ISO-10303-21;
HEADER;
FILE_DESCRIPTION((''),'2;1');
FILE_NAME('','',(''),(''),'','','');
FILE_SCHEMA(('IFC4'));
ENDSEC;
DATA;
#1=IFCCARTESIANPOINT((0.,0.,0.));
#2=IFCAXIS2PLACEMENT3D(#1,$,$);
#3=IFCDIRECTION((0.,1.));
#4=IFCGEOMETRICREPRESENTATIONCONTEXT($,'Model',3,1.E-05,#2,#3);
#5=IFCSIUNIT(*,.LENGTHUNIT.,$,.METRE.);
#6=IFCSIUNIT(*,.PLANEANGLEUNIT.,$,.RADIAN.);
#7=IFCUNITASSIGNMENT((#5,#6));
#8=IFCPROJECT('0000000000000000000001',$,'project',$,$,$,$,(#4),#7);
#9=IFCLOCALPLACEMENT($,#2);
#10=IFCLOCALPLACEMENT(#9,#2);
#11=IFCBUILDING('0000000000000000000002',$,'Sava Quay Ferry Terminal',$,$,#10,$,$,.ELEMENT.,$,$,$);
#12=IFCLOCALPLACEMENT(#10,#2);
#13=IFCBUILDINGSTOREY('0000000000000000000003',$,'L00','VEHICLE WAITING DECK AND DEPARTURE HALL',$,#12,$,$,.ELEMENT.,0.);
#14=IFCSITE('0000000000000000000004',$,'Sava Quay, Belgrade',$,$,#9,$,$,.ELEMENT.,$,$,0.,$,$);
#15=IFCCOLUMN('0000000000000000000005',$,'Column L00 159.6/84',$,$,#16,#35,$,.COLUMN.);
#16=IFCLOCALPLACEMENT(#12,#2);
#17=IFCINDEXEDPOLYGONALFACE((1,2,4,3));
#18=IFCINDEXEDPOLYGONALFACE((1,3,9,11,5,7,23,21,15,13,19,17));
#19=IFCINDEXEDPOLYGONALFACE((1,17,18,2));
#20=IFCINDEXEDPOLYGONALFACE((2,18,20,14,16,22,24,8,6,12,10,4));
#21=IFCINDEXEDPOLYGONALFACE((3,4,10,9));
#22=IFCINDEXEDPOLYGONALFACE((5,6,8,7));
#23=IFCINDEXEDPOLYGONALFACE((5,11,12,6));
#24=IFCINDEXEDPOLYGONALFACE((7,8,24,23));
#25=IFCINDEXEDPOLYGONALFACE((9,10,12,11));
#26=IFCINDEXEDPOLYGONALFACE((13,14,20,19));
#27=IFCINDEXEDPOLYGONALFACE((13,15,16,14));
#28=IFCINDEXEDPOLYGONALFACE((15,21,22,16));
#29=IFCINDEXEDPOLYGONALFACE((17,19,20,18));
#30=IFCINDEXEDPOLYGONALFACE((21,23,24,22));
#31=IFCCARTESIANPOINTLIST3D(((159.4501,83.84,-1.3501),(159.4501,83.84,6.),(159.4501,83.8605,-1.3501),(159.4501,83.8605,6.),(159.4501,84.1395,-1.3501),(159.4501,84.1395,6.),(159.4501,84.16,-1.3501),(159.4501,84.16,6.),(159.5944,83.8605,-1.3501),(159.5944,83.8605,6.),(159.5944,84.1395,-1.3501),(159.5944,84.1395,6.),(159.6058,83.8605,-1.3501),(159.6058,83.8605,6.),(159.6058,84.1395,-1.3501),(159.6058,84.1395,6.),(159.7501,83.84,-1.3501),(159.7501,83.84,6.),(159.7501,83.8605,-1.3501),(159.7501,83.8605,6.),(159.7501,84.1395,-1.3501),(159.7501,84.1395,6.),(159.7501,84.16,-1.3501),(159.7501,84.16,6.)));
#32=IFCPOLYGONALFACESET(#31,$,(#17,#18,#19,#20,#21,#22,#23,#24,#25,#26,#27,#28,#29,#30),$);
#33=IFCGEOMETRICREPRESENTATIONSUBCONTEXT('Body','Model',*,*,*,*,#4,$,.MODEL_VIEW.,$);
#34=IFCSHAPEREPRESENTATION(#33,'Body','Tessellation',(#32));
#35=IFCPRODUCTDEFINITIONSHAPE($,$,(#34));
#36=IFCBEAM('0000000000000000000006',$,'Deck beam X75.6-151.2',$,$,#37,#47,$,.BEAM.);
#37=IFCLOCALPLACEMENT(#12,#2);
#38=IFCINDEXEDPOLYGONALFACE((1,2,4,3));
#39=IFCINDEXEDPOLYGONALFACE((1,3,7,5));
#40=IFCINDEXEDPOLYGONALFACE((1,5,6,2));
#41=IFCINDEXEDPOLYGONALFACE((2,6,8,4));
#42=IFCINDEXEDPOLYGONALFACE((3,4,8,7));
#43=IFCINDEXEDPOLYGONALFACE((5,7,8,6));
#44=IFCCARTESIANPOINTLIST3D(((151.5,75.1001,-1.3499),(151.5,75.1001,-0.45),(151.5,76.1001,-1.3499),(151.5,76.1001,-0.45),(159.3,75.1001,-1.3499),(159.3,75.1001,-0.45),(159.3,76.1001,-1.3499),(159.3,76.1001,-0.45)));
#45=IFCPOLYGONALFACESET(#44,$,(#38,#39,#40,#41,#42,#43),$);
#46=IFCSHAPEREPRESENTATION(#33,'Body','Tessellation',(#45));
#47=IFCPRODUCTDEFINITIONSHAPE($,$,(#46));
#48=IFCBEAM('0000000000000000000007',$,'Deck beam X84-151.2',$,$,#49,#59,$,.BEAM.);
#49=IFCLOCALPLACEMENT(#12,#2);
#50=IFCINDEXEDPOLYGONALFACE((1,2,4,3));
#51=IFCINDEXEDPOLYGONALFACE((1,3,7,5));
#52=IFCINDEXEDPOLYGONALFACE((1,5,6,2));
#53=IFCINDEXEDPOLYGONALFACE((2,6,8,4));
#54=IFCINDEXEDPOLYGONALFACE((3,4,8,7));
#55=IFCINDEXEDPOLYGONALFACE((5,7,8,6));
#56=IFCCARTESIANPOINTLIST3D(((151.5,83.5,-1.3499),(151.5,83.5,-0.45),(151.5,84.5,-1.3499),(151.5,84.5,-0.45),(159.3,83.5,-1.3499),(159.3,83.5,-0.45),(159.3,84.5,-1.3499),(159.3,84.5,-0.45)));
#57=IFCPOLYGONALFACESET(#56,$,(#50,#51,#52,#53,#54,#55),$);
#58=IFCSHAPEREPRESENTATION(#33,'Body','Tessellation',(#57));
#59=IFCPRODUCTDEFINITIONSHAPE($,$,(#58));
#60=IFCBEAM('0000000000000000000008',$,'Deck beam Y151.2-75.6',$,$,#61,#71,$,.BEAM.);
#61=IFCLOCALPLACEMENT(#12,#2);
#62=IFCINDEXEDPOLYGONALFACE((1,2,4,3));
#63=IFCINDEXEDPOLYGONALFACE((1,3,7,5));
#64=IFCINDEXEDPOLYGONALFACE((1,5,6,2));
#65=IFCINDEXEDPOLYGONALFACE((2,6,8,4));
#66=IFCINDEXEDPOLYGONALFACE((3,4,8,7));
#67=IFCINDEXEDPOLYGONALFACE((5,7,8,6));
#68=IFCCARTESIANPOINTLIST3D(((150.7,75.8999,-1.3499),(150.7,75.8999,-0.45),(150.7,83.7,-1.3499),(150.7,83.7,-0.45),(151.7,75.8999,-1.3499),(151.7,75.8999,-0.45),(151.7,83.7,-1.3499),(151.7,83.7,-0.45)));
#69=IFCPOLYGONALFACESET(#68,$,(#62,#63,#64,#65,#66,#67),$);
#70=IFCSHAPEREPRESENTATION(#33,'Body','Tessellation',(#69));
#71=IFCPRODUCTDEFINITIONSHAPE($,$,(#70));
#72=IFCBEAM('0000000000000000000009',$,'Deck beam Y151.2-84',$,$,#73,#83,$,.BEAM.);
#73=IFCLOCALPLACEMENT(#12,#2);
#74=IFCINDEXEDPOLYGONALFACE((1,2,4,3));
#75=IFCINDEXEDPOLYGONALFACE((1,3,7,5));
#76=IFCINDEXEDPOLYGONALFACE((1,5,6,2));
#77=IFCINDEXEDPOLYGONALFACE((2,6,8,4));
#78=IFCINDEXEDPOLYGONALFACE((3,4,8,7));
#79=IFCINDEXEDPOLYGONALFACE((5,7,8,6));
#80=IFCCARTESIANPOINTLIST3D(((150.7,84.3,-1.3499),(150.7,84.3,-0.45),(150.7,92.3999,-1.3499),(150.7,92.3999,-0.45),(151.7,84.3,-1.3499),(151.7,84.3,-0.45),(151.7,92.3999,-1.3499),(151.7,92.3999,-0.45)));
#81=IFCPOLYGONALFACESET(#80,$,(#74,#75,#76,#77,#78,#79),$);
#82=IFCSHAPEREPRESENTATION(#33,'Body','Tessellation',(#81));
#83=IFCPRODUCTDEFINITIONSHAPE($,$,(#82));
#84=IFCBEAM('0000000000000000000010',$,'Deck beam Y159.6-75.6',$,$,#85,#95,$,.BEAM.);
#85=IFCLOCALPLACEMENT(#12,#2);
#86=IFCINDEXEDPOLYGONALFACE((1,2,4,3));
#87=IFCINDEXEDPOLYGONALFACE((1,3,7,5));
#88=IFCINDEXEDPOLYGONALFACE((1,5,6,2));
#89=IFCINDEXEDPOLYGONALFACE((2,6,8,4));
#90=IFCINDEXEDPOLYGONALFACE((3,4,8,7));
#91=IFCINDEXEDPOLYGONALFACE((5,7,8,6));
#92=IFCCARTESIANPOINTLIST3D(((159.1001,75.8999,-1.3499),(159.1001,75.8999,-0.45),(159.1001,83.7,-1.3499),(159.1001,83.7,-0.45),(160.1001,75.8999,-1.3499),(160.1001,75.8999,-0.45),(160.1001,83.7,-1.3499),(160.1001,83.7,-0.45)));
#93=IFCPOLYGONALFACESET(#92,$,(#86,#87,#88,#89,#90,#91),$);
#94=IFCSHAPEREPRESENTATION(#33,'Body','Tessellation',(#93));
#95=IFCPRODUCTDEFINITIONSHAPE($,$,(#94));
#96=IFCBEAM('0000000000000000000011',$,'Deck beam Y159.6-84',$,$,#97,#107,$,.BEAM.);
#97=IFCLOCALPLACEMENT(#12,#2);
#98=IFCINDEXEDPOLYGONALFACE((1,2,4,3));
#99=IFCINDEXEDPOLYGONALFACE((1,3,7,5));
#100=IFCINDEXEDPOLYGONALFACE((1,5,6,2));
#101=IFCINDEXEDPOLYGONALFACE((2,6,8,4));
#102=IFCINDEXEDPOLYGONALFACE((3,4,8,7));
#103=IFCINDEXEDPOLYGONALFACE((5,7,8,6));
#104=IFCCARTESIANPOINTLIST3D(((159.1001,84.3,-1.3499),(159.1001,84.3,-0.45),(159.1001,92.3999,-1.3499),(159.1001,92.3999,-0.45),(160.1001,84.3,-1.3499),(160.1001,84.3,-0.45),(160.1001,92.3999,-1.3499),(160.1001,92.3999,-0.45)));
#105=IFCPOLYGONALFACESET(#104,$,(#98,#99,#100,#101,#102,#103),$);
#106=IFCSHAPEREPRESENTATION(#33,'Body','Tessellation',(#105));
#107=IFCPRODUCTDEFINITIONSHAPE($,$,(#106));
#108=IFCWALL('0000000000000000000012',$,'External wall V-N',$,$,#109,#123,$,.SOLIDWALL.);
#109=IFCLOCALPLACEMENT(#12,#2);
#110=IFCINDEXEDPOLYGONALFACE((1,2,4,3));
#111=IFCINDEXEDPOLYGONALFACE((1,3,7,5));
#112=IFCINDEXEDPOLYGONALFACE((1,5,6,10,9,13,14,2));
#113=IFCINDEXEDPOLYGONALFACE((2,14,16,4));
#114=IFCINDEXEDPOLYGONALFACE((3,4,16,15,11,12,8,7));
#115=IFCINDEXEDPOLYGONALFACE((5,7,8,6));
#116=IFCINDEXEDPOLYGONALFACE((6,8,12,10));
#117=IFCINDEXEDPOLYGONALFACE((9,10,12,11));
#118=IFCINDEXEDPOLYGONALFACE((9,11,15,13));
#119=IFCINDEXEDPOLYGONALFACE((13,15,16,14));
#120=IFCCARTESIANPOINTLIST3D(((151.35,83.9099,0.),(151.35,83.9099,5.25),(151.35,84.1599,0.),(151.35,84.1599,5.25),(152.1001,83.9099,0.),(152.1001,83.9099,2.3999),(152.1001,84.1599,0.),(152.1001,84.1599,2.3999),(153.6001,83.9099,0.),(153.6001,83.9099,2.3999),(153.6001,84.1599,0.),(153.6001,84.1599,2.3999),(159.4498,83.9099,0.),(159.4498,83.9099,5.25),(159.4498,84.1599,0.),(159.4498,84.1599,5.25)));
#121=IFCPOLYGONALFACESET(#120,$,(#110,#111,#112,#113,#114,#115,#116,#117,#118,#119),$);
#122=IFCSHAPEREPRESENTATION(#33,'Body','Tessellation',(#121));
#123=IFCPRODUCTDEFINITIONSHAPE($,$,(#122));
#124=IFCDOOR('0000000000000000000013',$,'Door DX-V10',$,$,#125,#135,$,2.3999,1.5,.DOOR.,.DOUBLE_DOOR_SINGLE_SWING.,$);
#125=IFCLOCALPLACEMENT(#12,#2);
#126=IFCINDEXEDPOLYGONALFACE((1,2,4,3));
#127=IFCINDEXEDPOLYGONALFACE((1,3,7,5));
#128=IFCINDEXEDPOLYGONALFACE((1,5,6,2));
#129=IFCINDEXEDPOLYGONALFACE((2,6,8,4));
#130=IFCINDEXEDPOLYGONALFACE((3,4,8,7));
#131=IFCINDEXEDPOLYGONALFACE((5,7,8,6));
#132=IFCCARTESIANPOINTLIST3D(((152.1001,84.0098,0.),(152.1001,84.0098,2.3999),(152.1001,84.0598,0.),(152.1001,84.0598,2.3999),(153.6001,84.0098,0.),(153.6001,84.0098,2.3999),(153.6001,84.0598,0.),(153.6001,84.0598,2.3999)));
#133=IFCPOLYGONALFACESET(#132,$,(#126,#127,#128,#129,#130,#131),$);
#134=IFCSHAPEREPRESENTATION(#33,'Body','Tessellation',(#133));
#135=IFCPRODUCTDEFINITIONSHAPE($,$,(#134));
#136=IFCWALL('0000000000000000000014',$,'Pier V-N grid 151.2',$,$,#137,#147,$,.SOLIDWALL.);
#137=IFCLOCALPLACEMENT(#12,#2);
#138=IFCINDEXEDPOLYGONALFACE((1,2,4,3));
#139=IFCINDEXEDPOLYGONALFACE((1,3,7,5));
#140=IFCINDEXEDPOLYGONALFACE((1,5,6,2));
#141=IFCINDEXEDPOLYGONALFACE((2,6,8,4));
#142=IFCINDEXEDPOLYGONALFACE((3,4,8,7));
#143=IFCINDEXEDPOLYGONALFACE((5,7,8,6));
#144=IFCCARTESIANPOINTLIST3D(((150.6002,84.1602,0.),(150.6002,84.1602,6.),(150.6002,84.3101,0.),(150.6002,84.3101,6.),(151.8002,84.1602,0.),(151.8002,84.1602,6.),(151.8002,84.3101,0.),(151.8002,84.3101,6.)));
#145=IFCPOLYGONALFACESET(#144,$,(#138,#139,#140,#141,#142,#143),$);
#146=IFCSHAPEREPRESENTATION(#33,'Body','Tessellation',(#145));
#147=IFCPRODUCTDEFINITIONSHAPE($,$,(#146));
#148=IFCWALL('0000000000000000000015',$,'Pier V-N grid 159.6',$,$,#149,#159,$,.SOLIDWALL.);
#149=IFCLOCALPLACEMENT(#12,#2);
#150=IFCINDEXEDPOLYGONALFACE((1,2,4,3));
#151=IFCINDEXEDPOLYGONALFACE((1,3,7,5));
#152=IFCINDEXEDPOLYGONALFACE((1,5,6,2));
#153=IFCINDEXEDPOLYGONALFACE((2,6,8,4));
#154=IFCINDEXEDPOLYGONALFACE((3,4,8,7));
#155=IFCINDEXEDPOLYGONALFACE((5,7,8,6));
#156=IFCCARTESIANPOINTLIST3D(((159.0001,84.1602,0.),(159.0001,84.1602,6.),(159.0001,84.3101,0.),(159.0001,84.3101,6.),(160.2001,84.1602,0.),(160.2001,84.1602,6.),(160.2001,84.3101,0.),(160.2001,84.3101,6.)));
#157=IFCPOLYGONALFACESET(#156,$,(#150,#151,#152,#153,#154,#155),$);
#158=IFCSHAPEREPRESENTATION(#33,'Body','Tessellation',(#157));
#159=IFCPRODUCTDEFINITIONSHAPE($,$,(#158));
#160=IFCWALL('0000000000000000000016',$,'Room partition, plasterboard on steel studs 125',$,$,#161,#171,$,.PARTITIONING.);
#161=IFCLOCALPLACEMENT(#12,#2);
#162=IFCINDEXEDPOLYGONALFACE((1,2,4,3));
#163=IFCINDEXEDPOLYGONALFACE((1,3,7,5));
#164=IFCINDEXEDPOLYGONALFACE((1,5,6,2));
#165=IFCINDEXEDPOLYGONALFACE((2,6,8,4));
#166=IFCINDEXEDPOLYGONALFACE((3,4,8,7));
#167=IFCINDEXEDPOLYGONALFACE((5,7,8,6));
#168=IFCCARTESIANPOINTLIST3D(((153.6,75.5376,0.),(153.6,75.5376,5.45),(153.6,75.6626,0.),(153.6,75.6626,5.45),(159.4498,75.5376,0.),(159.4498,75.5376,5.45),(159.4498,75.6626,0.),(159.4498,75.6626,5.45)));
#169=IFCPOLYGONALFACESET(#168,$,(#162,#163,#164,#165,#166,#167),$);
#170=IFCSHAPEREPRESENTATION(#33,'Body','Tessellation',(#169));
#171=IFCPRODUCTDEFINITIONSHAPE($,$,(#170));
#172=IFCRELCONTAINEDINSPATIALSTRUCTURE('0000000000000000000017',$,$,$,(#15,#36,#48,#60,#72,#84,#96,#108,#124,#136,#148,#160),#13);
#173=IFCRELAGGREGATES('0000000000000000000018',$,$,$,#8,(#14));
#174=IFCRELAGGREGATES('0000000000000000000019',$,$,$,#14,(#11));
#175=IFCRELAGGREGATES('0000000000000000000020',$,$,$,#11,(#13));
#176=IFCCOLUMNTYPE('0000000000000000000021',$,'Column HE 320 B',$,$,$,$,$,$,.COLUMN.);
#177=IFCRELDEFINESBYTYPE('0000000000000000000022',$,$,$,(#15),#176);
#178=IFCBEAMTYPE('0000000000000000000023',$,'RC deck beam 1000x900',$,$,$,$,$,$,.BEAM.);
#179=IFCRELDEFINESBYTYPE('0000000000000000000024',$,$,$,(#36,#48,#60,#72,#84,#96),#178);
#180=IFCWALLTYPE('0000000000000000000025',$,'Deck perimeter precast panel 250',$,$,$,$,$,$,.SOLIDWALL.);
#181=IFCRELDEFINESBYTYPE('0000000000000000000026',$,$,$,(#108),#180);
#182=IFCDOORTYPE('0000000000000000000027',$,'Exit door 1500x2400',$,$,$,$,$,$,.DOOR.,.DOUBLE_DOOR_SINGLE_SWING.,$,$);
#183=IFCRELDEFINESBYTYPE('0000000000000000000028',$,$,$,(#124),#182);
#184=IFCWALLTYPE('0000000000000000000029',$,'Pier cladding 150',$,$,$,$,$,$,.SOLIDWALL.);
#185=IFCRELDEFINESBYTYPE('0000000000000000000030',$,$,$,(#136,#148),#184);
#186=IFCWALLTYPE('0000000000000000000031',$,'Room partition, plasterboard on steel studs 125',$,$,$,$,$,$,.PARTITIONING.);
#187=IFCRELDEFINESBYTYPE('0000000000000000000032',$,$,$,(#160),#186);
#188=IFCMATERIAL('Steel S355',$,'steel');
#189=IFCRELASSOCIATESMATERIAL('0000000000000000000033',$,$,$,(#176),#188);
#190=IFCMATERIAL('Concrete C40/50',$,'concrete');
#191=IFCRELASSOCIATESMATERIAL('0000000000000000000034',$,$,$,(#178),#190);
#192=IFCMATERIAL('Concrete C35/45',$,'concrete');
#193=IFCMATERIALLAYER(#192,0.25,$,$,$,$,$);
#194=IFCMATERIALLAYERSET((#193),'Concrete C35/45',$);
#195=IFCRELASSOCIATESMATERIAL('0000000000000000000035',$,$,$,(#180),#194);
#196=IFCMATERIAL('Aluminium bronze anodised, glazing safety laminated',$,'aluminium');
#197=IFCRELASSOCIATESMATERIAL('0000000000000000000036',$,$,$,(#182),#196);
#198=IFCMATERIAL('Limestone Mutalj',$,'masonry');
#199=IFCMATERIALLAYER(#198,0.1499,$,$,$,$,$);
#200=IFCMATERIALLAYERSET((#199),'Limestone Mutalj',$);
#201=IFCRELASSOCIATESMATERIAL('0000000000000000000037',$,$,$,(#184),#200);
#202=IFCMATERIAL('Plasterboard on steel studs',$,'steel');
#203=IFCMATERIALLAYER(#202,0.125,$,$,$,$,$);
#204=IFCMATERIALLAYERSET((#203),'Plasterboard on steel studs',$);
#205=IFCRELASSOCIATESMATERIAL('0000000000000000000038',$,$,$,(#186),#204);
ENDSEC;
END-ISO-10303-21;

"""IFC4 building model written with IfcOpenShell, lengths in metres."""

from ifc_helpers import new_model, si_unit, direction, frame, frame_2d, origin, origin_2d, place, context, subcontext, project, spatial, rectangle, i_section, extrude, material, layer, layer_set, material_profile, profile_set, type_object, element, fill, save


model = new_model("IFC4")

# Units and contexts
model_context = context("Model", 3, precision=1e-05, world=origin(), true_north=direction((0.0, 1.0)))
body_context = subcontext(model_context, "Body", "Model", "MODEL_VIEW")
ifc_project = project(units=[si_unit("LENGTHUNIT", "METRE"), si_unit("PLANEANGLEUNIT", "RADIAN")], contexts=[model_context])

# Site, building, storey
site_placement = place(None, origin())
site = spatial("IfcSite", under=ifc_project, at=site_placement, Name="Sava Quay, Belgrade", CompositionType="ELEMENT", RefElevation=0.0)
building_placement = place(site_placement, origin())
building = spatial("IfcBuilding", under=site, at=building_placement, Name="Sava Quay Ferry Terminal", CompositionType="ELEMENT")
storey_placement = place(building_placement, origin())
storey = spatial("IfcBuildingStorey", under=building, at=storey_placement, Name="L00", Description="VEHICLE WAITING DECK AND DEPARTURE HALL", CompositionType="ELEMENT", Elevation=0.0)

# Column
ifc_material_1 = material(Name="Steel S355", Category="steel")
ifc_material_profile_1 = material_profile(ifc_material_1, i_section(OverallWidth=0.3, OverallDepth=0.3201, WebThickness=0.0115, FlangeThickness=0.0205, at=origin_2d()), Name="HE 320 B")
ifc_profile_set_1 = profile_set([ifc_material_profile_1], Name="Steel S355")
column_type = type_object("IfcColumnType", Name="Column HE 320 B", PredefinedType="COLUMN", material=ifc_profile_set_1)
for number, where, z_axis, x_axis, name in (
    (1, (159.6001, 84.0, -1.3501), (0.0, 0.0, 1.0), (1.0, 0.0, 0.0), "Column L00 159.6/84"),
):
    element("IfcColumn", number, at=place(storey_placement, frame(where, z_axis=z_axis, x_axis=x_axis)), inside=storey, type_object=column_type, Name=name, PredefinedType="COLUMN", context=body_context, shape_type="SweptSolid", body=[
        extrude(i_section(OverallWidth=0.3, OverallDepth=0.3201, WebThickness=0.0115, FlangeThickness=0.0205, at=origin_2d()), origin(), (0.0, 0.0, 1.0), 7.3501),
    ])

# Beams
ifc_material_2 = material(Name="Concrete C40/50", Category="concrete")
ifc_material_profile_2 = material_profile(ifc_material_2, rectangle(XDim=1.0, YDim=0.8999, at=origin_2d()), Name="RC 1000x900")
ifc_profile_set_2 = profile_set([ifc_material_profile_2], Name="Concrete C40/50")
beam_type = type_object("IfcBeamType", Name="RC deck beam 1000x900", PredefinedType="BEAM", material=ifc_profile_set_2)
for number, where, z_axis, x_axis, name in (
    (2, (151.5, 75.6001, -0.8999), (1.0, 0.0, 0.0), (0.0, 1.0, 0.0), "Deck beam X75.6-151.2"),
    (3, (151.5, 84.0, -0.8999), (1.0, 0.0, 0.0), (0.0, 1.0, 0.0), "Deck beam X84-151.2"),
    (4, (151.2, 75.8999, -0.8999), (0.0, 1.0, 0.0), (-1.0, 0.0, 0.0), "Deck beam Y151.2-75.6"),
):
    element("IfcBeam", number, at=place(storey_placement, frame(where, z_axis=z_axis, x_axis=x_axis)), inside=storey, type_object=beam_type, Name=name, PredefinedType="BEAM", context=body_context, shape_type="SweptSolid", body=[
        extrude(rectangle(XDim=1.0, YDim=0.8999, at=origin_2d()), origin(), (0.0, 0.0, 1.0), 7.8),
    ])
beam_1_placement = place(storey_placement, frame((151.2, 84.3, -0.8999), z_axis=(0.0, 1.0, 0.0), x_axis=(-1.0, 0.0, 0.0)))
element("IfcBeam", 5, at=beam_1_placement, inside=storey, type_object=beam_type, Name="Deck beam Y151.2-84", PredefinedType="BEAM", context=body_context, shape_type="SweptSolid", body=[
    extrude(rectangle(XDim=1.0, YDim=0.8999, at=origin_2d()), origin(), (0.0, 0.0, 1.0), 8.0999),
])
beam_2_placement = place(storey_placement, frame((159.6001, 75.8999, -0.8999), z_axis=(0.0, 1.0, 0.0), x_axis=(-1.0, 0.0, 0.0)))
element("IfcBeam", 6, at=beam_2_placement, inside=storey, type_object=beam_type, Name="Deck beam Y159.6-75.6", PredefinedType="BEAM", context=body_context, shape_type="SweptSolid", body=[
    extrude(rectangle(XDim=1.0, YDim=0.8999, at=origin_2d()), origin(), (0.0, 0.0, 1.0), 7.8),
])
beam_3_placement = place(storey_placement, frame((159.6001, 84.3, -0.8999), z_axis=(0.0, 1.0, 0.0), x_axis=(-1.0, 0.0, 0.0)))
element("IfcBeam", 7, at=beam_3_placement, inside=storey, type_object=beam_type, Name="Deck beam Y159.6-84", PredefinedType="BEAM", context=body_context, shape_type="SweptSolid", body=[
    extrude(rectangle(XDim=1.0, YDim=0.8999, at=origin_2d()), origin(), (0.0, 0.0, 1.0), 8.0999),
])

# Wall, opening, door
ifc_material_3 = material(Name="Concrete C35/45", Category="concrete")
ifc_layer_1 = layer(ifc_material_3, 0.25)
ifc_layer_set_1 = layer_set([ifc_layer_1], Name="Concrete C35/45")
wall_type_1 = type_object("IfcWallType", Name="Deck perimeter precast panel 250", PredefinedType="SOLIDWALL", material=ifc_layer_set_1)
wall_1_placement = place(storey_placement, frame((151.3501, 84.0349, 0.0), z_axis=(0.0, 0.0, 1.0), x_axis=(1.0, 0.0, 0.0)))
wall_1 = element("IfcWall", 8, at=wall_1_placement, inside=storey, type_object=wall_type_1, Name="External wall V-N", PredefinedType="SOLIDWALL", context=body_context, shape_type="SweptSolid", body=[
    extrude(rectangle(XDim=8.0999, YDim=0.25, at=frame_2d((4.0498, 0.0))), origin(), (0.0, 0.0, 1.0), 5.25),
])
opening_1_placement = place(wall_1_placement, frame((0.75, 0.0, 0.0)))
opening_1 = element("IfcOpeningElement", 9, at=opening_1_placement, cuts=wall_1, PredefinedType="OPENING", context=body_context, shape_type="SweptSolid", body=[
    extrude(rectangle(XDim=1.5, YDim=2.3999, at=frame_2d((0.75, 1.2))), frame((0.0, 0.125, 0.0), z_axis=(0.0, -1.0, 0.0), x_axis=(1.0, 0.0, 0.0)), (0.0, 0.0, 1.0), 0.25),
])
ifc_material_4 = material(Name="Aluminium bronze anodised, glazing safety laminated", Category="aluminium")
door_type_1 = type_object("IfcDoorType", Name="Exit door 1500x2400", OperationType="DOUBLE_DOOR_SINGLE_SWING", PredefinedType="DOOR", material=ifc_material_4)
door_1_placement = place(opening_1_placement, origin())
door_1 = element("IfcDoor", 10, at=door_1_placement, inside=storey, type_object=door_type_1, Name="Door DX-V10", OperationType="DOUBLE_DOOR_SINGLE_SWING", OverallHeight=2.3999, OverallWidth=1.5, PredefinedType="DOOR", context=body_context, shape_type="SweptSolid", body=[
    extrude(rectangle(XDim=1.5, YDim=2.3999, at=frame_2d((0.75, 1.2))), frame((0.0, 0.0249, 0.0), z_axis=(0.0, -1.0, 0.0), x_axis=(1.0, 0.0, 0.0)), (0.0, 0.0, 1.0), 0.05),
])
fill(opening_1, door_1)

# Walls
ifc_material_5 = material(Name="Limestone Mutalj", Category="masonry")
ifc_layer_2 = layer(ifc_material_5, 0.1499)
ifc_layer_set_2 = layer_set([ifc_layer_2], Name="Limestone Mutalj")
wall_type_2 = type_object("IfcWallType", Name="Pier cladding 150", PredefinedType="SOLIDWALL", material=ifc_layer_set_2)
for number, where, z_axis, x_axis, name in (
    (11, (150.6001, 84.2351, 0.0), (0.0, 0.0, 1.0), (1.0, 0.0, 0.0), "Pier V-N grid 151.2"),
    (12, (159.0, 84.2351, 0.0), (0.0, 0.0, 1.0), (1.0, 0.0, 0.0), "Pier V-N grid 159.6"),
):
    element("IfcWall", number, at=place(storey_placement, frame(where, z_axis=z_axis, x_axis=x_axis)), inside=storey, type_object=wall_type_2, Name=name, PredefinedType="SOLIDWALL", context=body_context, shape_type="SweptSolid", body=[
        extrude(rectangle(XDim=1.2, YDim=0.1499, at=frame_2d((0.6001, 0.0))), origin(), (0.0, 0.0, 1.0), 6.0),
    ])
ifc_material_6 = material(Name="Plasterboard on steel studs", Category="steel")
ifc_layer_3 = layer(ifc_material_6, 0.125)
ifc_layer_set_3 = layer_set([ifc_layer_3], Name="Plasterboard on steel studs")
wall_type_3 = type_object("IfcWallType", Name="Room partition, plasterboard on steel studs 125", PredefinedType="PARTITIONING", material=ifc_layer_set_3)
wall_2_placement = place(storey_placement, frame((153.6001, 75.6001, 0.0), z_axis=(0.0, 0.0, 1.0), x_axis=(1.0, 0.0, 0.0)))
element("IfcWall", 13, at=wall_2_placement, inside=storey, type_object=wall_type_3, Name="Room partition, plasterboard on steel studs 125", PredefinedType="PARTITIONING", context=body_context, shape_type="SweptSolid", body=[
    extrude(rectangle(XDim=5.8499, YDim=0.125, at=frame_2d((2.9248, 0.0))), origin(), (0.0, 0.0, 1.0), 5.45),
])

save(model, "model.ifc")
